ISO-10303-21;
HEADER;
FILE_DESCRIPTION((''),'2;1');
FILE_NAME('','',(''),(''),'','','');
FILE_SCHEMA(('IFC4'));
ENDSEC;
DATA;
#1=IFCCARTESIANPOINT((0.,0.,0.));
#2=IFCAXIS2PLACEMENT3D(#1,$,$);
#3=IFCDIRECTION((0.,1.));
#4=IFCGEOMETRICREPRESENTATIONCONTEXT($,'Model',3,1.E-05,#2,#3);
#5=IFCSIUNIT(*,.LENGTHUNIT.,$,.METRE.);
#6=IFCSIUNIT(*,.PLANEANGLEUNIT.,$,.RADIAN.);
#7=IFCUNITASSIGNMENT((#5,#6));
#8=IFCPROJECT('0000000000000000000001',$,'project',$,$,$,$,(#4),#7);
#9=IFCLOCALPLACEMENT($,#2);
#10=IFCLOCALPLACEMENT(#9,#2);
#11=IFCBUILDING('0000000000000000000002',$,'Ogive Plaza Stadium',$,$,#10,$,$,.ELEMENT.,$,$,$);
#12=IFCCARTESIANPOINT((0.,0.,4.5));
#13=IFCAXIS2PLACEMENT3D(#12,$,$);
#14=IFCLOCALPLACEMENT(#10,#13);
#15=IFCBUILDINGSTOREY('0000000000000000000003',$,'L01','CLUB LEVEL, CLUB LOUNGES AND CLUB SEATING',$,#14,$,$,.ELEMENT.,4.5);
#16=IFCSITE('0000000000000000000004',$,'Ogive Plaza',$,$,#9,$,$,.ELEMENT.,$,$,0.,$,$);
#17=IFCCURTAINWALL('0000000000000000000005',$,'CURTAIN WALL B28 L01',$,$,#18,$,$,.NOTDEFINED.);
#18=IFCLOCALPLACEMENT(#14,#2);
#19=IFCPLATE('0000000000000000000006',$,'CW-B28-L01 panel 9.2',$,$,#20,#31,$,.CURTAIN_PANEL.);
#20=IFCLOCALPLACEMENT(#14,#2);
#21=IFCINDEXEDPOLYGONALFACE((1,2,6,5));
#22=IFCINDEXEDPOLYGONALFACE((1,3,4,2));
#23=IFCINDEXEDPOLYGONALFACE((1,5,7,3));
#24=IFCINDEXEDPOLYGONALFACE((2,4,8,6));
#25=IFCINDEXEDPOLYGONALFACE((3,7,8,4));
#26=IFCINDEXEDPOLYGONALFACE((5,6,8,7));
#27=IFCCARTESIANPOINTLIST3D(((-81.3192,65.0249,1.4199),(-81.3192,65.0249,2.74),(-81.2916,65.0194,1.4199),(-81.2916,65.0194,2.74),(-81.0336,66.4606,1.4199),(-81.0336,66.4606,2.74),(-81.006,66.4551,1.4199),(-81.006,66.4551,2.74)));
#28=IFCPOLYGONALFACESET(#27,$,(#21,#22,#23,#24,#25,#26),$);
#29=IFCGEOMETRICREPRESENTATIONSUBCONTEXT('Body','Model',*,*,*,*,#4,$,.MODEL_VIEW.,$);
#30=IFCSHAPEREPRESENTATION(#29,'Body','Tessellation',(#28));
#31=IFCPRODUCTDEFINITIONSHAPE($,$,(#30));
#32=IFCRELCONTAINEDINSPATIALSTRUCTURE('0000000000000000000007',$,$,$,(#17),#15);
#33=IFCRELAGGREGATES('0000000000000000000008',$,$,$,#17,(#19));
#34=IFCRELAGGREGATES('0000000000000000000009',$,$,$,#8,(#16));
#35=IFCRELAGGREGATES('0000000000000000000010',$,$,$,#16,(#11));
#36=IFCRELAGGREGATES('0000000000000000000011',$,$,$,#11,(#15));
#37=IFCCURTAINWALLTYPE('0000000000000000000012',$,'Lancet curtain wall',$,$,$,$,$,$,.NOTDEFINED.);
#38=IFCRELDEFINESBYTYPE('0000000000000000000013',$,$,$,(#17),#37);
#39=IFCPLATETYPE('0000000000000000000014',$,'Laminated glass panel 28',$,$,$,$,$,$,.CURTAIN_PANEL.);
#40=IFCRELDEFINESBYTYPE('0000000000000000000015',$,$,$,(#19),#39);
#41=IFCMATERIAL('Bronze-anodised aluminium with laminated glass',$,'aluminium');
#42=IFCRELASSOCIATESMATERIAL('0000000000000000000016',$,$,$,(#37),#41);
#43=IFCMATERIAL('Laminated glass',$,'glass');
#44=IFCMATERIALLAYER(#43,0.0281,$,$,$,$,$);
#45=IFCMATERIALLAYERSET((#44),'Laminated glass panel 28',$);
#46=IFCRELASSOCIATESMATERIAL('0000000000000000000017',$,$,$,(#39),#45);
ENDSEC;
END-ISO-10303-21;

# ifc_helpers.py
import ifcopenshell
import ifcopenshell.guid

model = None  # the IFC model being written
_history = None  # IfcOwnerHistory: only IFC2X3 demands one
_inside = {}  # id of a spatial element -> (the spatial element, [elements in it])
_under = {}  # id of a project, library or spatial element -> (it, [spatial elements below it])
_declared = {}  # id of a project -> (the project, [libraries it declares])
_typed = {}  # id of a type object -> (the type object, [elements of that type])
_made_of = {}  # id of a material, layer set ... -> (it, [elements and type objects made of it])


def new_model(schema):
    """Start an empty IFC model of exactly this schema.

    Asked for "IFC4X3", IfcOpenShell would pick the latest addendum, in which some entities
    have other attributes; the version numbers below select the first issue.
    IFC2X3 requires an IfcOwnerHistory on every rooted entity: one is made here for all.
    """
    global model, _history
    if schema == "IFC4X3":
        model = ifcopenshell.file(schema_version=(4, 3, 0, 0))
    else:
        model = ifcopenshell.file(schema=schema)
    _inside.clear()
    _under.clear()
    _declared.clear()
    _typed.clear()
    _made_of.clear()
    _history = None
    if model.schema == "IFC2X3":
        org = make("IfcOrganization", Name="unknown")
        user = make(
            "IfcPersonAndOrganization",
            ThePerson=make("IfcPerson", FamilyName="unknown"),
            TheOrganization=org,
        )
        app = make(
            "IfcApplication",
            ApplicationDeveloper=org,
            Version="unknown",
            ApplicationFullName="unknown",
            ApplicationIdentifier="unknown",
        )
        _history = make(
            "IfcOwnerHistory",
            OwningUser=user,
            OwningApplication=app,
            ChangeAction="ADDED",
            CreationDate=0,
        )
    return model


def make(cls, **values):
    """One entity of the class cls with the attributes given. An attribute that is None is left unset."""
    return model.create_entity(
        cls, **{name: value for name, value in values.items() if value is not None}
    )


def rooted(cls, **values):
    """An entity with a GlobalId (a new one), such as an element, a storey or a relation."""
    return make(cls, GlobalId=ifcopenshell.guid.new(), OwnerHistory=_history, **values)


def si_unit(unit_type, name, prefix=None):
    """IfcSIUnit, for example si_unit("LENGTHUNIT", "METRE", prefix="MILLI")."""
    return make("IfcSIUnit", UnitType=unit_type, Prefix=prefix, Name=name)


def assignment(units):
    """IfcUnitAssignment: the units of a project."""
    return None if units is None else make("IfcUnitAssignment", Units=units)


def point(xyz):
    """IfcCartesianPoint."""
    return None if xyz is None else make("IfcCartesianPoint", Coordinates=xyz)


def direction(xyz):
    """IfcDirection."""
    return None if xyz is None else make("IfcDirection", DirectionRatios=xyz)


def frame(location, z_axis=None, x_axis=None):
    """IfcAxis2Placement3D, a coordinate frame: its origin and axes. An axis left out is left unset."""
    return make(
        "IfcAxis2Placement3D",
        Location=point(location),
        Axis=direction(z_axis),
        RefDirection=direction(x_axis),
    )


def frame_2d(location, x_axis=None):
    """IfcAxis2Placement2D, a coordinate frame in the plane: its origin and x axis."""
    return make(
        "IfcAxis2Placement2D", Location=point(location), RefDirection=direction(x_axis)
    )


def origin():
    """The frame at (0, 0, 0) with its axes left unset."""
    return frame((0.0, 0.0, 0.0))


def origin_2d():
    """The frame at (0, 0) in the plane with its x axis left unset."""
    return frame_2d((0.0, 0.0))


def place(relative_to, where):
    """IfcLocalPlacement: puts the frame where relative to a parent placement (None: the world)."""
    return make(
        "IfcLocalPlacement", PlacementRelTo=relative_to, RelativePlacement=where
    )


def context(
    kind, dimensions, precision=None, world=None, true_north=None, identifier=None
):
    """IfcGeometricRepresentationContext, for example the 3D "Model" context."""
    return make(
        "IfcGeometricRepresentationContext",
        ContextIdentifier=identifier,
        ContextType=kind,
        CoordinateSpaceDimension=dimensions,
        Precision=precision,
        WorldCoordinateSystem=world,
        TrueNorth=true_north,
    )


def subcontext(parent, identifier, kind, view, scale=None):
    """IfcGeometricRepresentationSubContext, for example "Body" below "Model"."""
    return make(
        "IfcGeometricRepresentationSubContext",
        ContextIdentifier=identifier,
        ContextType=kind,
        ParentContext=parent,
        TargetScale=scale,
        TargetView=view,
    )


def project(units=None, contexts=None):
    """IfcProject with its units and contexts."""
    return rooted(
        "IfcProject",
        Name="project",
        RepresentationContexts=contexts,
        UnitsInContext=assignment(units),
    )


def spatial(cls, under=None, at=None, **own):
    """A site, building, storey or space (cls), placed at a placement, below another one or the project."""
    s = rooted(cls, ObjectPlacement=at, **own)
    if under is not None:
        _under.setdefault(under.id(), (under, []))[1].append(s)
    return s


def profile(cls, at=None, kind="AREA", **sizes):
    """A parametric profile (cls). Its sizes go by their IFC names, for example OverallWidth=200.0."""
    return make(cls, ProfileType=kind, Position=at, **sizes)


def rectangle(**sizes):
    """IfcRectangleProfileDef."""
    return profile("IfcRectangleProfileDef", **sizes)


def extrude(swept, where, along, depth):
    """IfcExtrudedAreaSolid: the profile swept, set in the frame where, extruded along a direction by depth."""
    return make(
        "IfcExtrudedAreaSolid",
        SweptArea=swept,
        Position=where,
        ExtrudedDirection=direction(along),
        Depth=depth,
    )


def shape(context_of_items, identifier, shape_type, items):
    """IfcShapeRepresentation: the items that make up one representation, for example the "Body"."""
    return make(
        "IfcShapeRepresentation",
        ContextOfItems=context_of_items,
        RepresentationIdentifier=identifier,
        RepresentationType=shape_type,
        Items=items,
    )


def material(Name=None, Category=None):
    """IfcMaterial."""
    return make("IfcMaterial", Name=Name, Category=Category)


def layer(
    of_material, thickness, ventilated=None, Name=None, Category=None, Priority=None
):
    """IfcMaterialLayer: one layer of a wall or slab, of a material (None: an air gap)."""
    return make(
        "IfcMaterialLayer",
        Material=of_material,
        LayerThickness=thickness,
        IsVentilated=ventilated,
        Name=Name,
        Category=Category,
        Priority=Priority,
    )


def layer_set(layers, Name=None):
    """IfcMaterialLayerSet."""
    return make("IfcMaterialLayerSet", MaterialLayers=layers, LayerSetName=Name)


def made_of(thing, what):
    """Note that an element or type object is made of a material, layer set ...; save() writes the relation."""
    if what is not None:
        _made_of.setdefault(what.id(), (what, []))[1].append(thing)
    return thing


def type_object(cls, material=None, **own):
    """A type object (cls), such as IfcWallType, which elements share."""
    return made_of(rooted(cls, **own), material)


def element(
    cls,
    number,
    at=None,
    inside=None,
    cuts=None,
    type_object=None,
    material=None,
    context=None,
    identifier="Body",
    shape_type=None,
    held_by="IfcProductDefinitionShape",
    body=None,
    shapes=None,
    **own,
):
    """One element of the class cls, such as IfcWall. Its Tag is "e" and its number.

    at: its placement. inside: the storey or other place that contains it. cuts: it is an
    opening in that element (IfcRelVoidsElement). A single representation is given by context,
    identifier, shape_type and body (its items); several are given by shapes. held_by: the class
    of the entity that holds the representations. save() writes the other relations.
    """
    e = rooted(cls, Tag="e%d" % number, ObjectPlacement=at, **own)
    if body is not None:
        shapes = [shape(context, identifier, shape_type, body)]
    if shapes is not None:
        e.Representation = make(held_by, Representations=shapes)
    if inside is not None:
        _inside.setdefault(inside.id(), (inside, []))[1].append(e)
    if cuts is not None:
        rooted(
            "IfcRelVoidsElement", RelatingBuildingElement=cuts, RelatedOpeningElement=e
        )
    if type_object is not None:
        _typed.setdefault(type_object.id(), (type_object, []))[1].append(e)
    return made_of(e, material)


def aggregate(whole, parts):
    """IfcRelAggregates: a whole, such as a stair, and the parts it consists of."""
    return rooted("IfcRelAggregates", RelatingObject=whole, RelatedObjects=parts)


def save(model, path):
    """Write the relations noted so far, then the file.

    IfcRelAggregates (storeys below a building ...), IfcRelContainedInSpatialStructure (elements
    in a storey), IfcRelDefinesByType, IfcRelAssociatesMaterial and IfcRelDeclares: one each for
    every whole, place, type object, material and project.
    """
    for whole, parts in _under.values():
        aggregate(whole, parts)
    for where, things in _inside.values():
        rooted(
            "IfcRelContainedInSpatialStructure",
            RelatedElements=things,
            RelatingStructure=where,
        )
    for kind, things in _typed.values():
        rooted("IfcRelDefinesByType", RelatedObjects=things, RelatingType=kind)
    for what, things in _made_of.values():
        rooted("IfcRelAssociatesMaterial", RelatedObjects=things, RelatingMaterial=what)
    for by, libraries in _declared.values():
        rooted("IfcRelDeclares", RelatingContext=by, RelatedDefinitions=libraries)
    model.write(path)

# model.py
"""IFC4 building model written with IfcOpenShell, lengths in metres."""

from ifc_helpers import new_model, si_unit, direction, frame, origin, origin_2d, place, context, subcontext, project, spatial, rectangle, extrude, material, layer, layer_set, type_object, element, aggregate, save


model = new_model("IFC4")

# Units and contexts
model_context = context("Model", 3, precision=1e-05, world=origin(), true_north=direction((0.0, 1.0)))
body_context = subcontext(model_context, "Body", "Model", "MODEL_VIEW")
ifc_project = project(units=[si_unit("LENGTHUNIT", "METRE"), si_unit("PLANEANGLEUNIT", "RADIAN")], contexts=[model_context])

# Site, building, storey
site_placement = place(None, origin())
site = spatial("IfcSite", under=ifc_project, at=site_placement, Name="Ogive Plaza", CompositionType="ELEMENT", RefElevation=0.0)
building_placement = place(site_placement, origin())
building = spatial("IfcBuilding", under=site, at=building_placement, Name="Ogive Plaza Stadium", CompositionType="ELEMENT")
storey_placement = place(building_placement, frame((0.0, 0.0, 4.5)))
storey = spatial("IfcBuildingStorey", under=building, at=storey_placement, Name="L01", Description="CLUB LEVEL, CLUB LOUNGES AND CLUB SEATING", CompositionType="ELEMENT", Elevation=4.5)

# Curtain wall, plate
ifc_material_1 = material(Name="Bronze-anodised aluminium with laminated glass", Category="aluminium")
curtain_wall_type = type_object("IfcCurtainWallType", Name="Lancet curtain wall", PredefinedType="NOTDEFINED", material=ifc_material_1)
curtain_wall_placement = place(storey_placement, origin())
curtain_wall = element("IfcCurtainWall", 1, at=curtain_wall_placement, inside=storey, type_object=curtain_wall_type, Name="CURTAIN WALL B28 L01", PredefinedType="NOTDEFINED")
ifc_material_2 = material(Name="Laminated glass", Category="glass")
ifc_layer = layer(ifc_material_2, 0.0281)
ifc_layer_set = layer_set([ifc_layer], Name="Laminated glass panel 28")
plate_type = type_object("IfcPlateType", Name="Laminated glass panel 28", PredefinedType="CURTAIN_PANEL", material=ifc_layer_set)
plate_1_placement = place(storey_placement, frame((-81.1626, 65.74, 1.4199), z_axis=(0.0, 0.0, 1.0), x_axis=(0.19509, 0.980785, 0.0)))
plate_1 = element("IfcPlate", 2, at=plate_1_placement, type_object=plate_type, Name="CW-B28-L01 panel 9.2", PredefinedType="CURTAIN_PANEL", context=body_context, shape_type="SweptSolid", body=[
    extrude(rectangle(XDim=1.4639, YDim=0.0281, at=origin_2d()), origin(), (0.0, 0.0, 1.0), 1.3201),
])
aggregate(curtain_wall, [plate_1])

save(model, "model.ifc")
